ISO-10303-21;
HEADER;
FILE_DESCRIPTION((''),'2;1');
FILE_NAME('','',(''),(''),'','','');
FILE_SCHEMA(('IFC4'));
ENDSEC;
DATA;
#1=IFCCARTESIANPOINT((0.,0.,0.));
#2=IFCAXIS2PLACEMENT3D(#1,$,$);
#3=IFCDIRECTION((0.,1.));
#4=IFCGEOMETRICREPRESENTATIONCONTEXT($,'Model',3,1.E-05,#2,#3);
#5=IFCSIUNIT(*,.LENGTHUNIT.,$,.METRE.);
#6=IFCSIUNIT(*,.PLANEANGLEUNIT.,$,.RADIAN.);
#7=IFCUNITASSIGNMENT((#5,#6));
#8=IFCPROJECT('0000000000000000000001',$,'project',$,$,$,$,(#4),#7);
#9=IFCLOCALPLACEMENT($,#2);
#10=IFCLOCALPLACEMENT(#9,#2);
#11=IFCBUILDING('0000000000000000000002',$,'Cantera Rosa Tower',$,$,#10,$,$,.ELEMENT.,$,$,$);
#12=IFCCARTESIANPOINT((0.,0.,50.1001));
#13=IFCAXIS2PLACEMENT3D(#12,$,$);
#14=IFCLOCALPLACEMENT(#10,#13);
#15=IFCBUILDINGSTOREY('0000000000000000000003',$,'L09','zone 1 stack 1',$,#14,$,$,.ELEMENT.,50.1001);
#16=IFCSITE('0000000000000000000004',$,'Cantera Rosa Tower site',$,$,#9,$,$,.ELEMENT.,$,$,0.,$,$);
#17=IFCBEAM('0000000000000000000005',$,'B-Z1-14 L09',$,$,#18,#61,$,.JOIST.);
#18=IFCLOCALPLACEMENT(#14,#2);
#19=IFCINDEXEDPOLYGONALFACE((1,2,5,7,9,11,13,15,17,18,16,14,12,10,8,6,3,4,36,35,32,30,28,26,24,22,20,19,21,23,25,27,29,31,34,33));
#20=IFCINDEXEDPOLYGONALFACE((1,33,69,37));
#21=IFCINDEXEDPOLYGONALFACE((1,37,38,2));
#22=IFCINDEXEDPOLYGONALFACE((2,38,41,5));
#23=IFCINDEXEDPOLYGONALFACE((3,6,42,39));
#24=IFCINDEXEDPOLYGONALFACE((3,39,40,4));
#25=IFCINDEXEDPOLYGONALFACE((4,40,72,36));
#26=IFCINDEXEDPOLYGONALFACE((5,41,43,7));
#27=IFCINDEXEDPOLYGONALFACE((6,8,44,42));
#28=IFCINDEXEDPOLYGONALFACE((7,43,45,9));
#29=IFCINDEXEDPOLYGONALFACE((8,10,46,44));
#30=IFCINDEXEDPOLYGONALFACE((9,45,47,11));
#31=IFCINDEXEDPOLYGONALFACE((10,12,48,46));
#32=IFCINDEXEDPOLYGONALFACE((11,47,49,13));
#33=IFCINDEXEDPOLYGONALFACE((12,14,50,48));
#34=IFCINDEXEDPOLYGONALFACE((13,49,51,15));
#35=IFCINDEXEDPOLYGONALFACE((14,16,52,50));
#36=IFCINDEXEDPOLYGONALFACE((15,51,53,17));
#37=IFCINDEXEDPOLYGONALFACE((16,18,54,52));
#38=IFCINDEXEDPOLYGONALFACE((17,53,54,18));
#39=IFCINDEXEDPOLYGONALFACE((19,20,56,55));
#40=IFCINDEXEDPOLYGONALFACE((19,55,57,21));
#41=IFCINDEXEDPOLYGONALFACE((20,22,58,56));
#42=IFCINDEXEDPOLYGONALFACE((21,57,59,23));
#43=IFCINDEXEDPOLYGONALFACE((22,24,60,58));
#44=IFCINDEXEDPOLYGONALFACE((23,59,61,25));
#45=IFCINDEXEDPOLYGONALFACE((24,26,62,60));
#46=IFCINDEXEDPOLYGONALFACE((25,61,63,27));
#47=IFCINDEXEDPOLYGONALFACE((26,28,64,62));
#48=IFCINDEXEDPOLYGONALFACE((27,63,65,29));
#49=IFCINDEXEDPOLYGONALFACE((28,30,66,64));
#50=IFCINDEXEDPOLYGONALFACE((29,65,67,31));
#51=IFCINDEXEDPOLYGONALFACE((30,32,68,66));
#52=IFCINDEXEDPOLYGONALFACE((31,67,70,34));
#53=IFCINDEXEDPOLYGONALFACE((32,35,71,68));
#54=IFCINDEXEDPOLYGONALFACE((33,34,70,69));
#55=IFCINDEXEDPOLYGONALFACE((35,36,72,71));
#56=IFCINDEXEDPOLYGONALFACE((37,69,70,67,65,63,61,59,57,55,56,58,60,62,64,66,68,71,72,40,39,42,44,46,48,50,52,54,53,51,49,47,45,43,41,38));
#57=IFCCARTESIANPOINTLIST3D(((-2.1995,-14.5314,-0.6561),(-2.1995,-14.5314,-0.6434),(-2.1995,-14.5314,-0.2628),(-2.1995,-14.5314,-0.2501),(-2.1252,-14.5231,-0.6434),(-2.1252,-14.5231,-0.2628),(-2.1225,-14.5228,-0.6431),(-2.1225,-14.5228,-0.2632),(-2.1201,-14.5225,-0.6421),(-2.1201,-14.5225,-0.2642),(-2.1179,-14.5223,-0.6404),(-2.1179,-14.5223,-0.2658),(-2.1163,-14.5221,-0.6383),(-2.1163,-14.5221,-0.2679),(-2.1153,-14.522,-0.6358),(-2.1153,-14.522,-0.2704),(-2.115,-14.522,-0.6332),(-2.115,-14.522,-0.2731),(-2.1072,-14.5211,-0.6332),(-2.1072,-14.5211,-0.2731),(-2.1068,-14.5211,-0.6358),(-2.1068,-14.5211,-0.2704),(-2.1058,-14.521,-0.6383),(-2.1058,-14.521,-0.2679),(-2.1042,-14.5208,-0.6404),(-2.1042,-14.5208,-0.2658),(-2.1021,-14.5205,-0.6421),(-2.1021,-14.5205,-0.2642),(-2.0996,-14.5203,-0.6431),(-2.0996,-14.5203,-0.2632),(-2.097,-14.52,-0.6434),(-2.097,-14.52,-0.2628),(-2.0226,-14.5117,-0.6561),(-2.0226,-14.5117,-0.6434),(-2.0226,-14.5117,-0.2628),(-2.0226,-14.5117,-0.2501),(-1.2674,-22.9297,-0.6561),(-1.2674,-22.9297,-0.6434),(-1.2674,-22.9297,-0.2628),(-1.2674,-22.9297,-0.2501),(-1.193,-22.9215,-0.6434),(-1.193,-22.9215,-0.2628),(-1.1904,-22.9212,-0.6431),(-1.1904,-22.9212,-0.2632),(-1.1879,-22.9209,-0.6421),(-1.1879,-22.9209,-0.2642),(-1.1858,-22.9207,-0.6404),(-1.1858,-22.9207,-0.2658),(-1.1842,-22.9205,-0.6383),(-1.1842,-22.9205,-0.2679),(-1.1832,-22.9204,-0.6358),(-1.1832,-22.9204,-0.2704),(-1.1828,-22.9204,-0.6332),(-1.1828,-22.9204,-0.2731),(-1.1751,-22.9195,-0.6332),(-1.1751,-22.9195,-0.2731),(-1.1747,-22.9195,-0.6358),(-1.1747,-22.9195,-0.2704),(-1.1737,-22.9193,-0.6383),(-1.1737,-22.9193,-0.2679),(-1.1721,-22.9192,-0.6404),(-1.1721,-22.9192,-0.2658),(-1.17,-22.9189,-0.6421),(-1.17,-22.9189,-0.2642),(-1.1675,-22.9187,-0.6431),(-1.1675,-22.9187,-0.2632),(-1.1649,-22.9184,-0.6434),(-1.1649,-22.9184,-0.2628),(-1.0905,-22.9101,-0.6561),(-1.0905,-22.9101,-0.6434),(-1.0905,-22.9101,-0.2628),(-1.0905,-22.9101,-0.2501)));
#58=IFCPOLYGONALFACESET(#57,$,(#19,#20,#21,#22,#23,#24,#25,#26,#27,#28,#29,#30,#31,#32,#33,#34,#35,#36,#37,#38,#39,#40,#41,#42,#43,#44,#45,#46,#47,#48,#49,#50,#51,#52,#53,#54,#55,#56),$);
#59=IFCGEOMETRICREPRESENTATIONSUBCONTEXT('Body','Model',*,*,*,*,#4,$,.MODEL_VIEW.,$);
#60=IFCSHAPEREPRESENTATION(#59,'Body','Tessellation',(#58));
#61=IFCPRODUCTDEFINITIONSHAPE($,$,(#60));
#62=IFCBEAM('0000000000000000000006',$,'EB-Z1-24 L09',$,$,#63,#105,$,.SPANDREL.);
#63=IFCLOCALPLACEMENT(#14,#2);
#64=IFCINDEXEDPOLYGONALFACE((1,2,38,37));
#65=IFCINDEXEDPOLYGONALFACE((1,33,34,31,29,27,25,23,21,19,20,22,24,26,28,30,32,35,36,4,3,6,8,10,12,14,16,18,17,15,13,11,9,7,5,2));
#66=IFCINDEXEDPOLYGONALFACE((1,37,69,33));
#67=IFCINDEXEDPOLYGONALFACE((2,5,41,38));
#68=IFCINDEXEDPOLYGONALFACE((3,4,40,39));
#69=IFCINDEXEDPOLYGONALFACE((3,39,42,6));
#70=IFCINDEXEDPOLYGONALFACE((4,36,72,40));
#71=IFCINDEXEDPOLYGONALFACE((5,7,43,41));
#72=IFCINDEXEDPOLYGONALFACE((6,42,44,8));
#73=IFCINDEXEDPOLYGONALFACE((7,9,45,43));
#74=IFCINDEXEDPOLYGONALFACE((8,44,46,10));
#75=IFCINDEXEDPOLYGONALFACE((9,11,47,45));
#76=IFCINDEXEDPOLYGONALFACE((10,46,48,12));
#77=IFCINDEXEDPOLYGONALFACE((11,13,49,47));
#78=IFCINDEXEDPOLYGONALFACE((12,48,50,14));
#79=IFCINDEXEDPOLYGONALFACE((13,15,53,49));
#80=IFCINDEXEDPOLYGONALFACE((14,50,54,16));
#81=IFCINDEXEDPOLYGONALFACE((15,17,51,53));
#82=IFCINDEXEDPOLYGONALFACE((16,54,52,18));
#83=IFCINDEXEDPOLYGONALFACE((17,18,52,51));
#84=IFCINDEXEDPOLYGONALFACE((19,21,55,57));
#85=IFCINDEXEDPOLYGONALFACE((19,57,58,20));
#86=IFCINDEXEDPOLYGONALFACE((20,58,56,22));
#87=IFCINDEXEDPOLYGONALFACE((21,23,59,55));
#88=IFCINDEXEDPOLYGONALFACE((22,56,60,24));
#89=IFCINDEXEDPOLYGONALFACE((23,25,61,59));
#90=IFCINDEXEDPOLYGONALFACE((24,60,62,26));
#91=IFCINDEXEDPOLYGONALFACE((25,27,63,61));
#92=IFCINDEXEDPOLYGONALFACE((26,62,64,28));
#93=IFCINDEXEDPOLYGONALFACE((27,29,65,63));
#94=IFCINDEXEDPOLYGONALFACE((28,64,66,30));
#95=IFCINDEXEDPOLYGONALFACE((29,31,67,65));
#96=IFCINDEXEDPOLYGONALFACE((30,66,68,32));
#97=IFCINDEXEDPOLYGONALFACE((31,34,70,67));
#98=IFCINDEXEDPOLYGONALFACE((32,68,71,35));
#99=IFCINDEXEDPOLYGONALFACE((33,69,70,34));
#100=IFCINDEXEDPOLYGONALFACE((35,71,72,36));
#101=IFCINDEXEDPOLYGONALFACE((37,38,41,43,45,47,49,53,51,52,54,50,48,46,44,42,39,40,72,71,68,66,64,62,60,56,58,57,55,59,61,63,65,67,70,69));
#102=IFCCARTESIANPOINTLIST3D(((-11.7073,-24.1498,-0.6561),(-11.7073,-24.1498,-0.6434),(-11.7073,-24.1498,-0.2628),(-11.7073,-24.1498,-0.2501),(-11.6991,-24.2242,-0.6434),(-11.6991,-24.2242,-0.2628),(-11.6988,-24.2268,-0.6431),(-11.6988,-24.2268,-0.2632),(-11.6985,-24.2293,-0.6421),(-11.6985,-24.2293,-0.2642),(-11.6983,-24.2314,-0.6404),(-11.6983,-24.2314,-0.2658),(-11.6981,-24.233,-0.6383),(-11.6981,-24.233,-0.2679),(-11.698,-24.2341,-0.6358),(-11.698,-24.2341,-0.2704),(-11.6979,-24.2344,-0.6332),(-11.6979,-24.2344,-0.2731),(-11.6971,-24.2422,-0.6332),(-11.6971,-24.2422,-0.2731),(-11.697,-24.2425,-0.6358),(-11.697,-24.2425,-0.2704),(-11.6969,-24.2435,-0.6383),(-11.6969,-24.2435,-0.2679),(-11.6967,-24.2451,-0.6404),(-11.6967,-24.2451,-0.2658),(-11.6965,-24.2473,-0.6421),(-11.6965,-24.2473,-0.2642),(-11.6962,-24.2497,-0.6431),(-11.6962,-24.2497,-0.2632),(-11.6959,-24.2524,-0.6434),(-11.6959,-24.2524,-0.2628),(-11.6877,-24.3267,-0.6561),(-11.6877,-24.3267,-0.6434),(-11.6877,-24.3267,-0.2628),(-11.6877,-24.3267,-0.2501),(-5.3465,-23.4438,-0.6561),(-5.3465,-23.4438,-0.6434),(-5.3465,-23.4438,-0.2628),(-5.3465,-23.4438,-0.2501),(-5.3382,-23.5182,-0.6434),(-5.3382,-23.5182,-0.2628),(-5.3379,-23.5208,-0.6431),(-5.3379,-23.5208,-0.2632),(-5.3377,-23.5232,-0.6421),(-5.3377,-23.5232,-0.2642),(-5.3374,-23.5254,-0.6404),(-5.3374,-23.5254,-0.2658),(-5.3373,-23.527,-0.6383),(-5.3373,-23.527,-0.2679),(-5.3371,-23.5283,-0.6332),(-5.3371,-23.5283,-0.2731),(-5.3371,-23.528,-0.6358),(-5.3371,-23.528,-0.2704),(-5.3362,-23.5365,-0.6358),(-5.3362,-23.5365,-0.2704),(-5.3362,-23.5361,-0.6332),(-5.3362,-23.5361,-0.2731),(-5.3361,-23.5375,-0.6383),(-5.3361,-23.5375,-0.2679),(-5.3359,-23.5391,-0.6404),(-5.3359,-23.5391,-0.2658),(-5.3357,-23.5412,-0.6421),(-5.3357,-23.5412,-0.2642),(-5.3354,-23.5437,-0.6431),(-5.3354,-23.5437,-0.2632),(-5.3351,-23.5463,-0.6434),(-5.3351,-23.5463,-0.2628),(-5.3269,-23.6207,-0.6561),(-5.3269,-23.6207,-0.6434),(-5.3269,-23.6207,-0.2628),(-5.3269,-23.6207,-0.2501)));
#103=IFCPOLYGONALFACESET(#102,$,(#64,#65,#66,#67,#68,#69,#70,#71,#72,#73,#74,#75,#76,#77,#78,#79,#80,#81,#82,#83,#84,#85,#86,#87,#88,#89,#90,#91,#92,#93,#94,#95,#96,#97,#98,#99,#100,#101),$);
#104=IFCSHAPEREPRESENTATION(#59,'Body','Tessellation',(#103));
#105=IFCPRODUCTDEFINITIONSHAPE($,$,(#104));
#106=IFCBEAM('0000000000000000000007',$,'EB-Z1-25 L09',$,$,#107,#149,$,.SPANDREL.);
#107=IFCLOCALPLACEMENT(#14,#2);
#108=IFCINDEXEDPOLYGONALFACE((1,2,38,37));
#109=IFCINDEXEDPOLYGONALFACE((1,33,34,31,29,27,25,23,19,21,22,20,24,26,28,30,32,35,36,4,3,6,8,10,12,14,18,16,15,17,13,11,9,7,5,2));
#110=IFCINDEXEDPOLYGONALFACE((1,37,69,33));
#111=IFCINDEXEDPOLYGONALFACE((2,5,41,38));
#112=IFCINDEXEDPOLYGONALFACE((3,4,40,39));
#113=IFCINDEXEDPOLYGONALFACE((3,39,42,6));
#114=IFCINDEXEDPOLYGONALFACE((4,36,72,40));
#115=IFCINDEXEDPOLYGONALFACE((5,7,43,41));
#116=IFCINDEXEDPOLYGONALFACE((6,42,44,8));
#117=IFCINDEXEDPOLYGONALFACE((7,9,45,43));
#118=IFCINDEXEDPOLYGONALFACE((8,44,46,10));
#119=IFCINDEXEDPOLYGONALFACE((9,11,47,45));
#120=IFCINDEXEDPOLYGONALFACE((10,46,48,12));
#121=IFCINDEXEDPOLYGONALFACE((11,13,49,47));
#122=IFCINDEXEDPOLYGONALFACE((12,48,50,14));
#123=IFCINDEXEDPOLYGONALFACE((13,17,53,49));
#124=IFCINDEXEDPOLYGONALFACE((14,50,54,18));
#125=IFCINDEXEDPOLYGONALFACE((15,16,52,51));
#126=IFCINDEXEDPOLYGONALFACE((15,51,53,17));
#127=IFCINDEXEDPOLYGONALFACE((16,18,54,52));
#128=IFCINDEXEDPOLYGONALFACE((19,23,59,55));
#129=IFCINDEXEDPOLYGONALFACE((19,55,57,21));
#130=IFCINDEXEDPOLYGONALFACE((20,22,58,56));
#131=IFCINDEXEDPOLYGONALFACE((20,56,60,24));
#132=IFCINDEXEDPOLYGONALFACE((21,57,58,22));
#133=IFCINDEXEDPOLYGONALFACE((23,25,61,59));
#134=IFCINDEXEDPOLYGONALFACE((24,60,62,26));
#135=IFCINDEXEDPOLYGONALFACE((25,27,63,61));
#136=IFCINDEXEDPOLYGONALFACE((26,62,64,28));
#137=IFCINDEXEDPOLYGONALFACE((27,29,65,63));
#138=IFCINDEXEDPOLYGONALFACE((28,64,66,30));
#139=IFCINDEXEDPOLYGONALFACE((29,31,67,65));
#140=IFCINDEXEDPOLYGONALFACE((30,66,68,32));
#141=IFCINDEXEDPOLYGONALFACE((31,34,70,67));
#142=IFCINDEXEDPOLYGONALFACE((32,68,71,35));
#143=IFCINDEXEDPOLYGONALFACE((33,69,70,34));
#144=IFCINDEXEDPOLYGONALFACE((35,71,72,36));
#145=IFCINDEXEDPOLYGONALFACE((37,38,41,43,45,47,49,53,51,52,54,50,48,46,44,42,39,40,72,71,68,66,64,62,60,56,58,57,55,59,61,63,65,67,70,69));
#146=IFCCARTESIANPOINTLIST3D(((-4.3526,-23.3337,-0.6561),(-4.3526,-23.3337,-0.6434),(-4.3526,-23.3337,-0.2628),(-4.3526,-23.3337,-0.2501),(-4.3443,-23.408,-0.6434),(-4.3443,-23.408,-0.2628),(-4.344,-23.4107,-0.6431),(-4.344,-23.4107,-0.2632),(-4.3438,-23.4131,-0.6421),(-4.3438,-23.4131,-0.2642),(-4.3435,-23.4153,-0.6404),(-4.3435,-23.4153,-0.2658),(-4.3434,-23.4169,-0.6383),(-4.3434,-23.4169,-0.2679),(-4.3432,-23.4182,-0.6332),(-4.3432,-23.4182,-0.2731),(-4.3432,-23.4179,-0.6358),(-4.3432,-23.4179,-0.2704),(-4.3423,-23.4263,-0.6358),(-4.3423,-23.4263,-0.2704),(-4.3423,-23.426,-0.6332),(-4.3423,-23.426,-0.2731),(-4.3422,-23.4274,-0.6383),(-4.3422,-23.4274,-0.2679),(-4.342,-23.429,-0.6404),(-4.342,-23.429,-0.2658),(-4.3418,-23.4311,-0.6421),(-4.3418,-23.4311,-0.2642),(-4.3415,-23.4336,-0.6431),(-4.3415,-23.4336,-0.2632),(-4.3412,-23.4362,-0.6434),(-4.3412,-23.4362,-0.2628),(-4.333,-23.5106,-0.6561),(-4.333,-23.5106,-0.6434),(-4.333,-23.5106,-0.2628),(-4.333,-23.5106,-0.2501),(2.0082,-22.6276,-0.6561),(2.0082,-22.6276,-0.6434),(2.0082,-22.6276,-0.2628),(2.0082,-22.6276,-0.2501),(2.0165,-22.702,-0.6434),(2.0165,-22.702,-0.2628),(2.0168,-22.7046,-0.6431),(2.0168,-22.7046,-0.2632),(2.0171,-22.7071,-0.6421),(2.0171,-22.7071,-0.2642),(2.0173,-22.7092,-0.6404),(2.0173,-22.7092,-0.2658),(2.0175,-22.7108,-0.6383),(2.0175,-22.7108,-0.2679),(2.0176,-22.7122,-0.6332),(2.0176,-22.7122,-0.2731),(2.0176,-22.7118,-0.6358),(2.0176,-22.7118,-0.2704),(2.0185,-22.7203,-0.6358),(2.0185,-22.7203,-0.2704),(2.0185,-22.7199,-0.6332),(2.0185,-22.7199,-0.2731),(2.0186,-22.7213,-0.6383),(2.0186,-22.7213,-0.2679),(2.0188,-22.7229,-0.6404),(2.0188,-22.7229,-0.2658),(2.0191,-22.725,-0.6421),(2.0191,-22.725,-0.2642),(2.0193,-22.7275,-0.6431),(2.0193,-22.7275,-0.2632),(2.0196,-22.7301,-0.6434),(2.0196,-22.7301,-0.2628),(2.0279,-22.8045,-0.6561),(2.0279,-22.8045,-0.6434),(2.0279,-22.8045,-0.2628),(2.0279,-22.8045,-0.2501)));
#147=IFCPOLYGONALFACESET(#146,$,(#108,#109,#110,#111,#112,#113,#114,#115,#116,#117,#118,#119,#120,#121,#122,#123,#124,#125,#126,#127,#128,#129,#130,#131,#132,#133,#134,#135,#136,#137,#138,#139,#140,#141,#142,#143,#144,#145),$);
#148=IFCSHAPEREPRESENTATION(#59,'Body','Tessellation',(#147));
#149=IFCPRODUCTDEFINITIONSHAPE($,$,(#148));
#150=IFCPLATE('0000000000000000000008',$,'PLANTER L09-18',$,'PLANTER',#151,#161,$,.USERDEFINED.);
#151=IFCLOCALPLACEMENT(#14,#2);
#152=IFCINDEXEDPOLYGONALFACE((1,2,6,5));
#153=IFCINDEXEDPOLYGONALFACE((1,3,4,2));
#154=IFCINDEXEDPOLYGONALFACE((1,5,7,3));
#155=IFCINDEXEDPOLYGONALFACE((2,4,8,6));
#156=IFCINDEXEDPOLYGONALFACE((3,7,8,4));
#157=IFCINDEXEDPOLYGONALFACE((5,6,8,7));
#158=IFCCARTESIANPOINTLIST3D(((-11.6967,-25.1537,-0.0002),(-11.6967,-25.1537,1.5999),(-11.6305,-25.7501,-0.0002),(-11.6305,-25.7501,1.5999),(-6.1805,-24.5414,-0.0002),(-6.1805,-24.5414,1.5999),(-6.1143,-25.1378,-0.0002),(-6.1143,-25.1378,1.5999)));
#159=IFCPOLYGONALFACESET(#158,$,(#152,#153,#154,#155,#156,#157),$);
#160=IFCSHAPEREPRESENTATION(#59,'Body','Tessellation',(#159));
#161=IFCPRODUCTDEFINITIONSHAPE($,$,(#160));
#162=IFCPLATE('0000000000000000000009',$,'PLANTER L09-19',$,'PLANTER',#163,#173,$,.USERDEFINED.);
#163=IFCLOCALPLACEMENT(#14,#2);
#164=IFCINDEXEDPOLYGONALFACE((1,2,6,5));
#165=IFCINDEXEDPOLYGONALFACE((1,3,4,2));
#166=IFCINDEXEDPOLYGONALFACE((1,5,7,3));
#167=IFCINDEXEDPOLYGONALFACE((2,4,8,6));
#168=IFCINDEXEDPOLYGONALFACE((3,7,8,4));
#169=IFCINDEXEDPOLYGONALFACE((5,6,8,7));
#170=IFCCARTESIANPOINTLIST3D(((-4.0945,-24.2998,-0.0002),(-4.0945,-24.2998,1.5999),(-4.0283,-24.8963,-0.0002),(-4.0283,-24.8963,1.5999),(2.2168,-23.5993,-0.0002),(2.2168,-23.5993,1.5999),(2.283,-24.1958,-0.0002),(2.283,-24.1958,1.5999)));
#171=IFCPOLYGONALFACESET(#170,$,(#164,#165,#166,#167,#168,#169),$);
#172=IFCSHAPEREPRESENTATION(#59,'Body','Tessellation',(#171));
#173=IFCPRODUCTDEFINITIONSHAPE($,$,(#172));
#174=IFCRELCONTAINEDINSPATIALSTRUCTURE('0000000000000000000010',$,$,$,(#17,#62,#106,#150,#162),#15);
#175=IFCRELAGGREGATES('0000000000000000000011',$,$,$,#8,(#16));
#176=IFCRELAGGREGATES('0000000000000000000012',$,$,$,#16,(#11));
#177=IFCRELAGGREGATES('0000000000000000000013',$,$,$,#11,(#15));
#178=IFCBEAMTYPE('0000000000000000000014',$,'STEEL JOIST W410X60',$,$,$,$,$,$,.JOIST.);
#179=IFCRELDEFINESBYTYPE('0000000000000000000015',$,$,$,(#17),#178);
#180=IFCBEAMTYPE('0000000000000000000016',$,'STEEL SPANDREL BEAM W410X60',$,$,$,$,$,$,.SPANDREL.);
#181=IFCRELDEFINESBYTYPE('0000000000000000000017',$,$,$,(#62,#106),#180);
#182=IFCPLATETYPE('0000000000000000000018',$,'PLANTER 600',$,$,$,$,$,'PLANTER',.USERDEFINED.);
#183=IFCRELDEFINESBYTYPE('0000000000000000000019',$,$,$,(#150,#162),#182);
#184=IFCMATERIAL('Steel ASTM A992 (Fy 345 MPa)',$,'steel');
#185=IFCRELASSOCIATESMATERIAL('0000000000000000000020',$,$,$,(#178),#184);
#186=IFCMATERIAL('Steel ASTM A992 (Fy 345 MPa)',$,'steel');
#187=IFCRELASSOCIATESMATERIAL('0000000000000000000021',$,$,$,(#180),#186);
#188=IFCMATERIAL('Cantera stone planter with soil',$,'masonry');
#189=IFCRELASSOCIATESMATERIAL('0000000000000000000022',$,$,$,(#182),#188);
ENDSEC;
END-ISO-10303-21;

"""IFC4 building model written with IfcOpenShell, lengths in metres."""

from ifc_helpers import new_model, si_unit, direction, frame, origin, origin_2d, place, context, subcontext, project, spatial, rectangle, i_section, extrude, material, material_profile, profile_set, type_object, element, save


model = new_model("IFC4")

# Units and contexts
model_context = context("Model", 3, precision=1e-05, world=origin(), true_north=direction((0.0, 1.0)))
body_context = subcontext(model_context, "Body", "Model", "MODEL_VIEW")
ifc_project = project(units=[si_unit("LENGTHUNIT", "METRE"), si_unit("PLANEANGLEUNIT", "RADIAN")], contexts=[model_context])

# Site, building, storey
site_placement = place(None, origin())
site = spatial("IfcSite", under=ifc_project, at=site_placement, Name="Cantera Rosa Tower site", CompositionType="ELEMENT", RefElevation=0.0)
building_placement = place(site_placement, origin())
building = spatial("IfcBuilding", under=site, at=building_placement, Name="Cantera Rosa Tower", CompositionType="ELEMENT")
storey_placement = place(building_placement, frame((0.0, 0.0, 50.1001)))
storey = spatial("IfcBuildingStorey", under=building, at=storey_placement, Name="L09", Description="zone 1 stack 1", CompositionType="ELEMENT", Elevation=50.1001)

# Beams
ifc_material_1 = material(Name="Steel ASTM A992 (Fy 345 MPa)", Category="steel")
ifc_material_profile_1 = material_profile(ifc_material_1, i_section(OverallWidth=0.178, OverallDepth=0.406, WebThickness=0.0078, FlangeThickness=0.0127, FilletRadius=0.0103, at=origin_2d()), Name="W410X60")
ifc_profile_set_1 = profile_set([ifc_material_profile_1], Name="Steel ASTM A992 (Fy 345 MPa)")
beam_type_1 = type_object("IfcBeamType", Name="STEEL JOIST W410X60", PredefinedType="JOIST", material=ifc_profile_set_1)
for number, where, z_axis, x_axis, name in (
    (1, (-1.179, -22.9199, -0.4531), (-0.110311, 0.993897, 0.0), (-0.993897, -0.110311, 0.0), "B-Z1-14 L09"),
):
    element("IfcBeam", number, at=place(storey_placement, frame(where, z_axis=z_axis, x_axis=x_axis)), inside=storey, type_object=beam_type_1, Name=name, PredefinedType="JOIST", context=body_context, shape_type="SweptSolid", body=[
        extrude(i_section(OverallWidth=0.178, OverallDepth=0.406, WebThickness=0.0078, FlangeThickness=0.0127, FilletRadius=0.0103, at=origin_2d()), origin(), (0.0, 0.0, 1.0), 8.45),
    ])
ifc_material_2 = material(Name="Steel ASTM A992 (Fy 345 MPa)", Category="steel")
ifc_material_profile_2 = material_profile(ifc_material_2, i_section(OverallWidth=0.178, OverallDepth=0.406, WebThickness=0.0078, FlangeThickness=0.0127, FilletRadius=0.0103, at=origin_2d()), Name="W410X60")
ifc_profile_set_2 = profile_set([ifc_material_profile_2], Name="Steel ASTM A992 (Fy 345 MPa)")
beam_type_2 = type_object("IfcBeamType", Name="STEEL SPANDREL BEAM W410X60", PredefinedType="SPANDREL", material=ifc_profile_set_2)
for number, where, z_axis, x_axis, name in (
    (2, (-11.6975, -24.2383, -0.4531), (0.993896, 0.110323, 0.0), (-0.110323, 0.993896, 0.0), "EB-Z1-24 L09"),
    (3, (-4.3428, -23.4221, -0.4531), (0.993896, 0.110323, 0.0), (-0.110323, 0.993896, 0.0), "EB-Z1-25 L09"),
):
    element("IfcBeam", number, at=place(storey_placement, frame(where, z_axis=z_axis, x_axis=x_axis)), inside=storey, type_object=beam_type_2, Name=name, PredefinedType="SPANDREL", context=body_context, shape_type="SweptSolid", body=[
        extrude(i_section(OverallWidth=0.178, OverallDepth=0.406, WebThickness=0.0078, FlangeThickness=0.0127, FilletRadius=0.0103, at=origin_2d()), origin(), (0.0, 0.0, 1.0), 6.3999),
    ])

# Plates
ifc_material_3 = material(Name="Cantera stone planter with soil", Category="masonry")
plate_type = type_object("IfcPlateType", Name="PLANTER 600", ElementType="PLANTER", PredefinedType="USERDEFINED", material=ifc_material_3)
plate_1_placement = place(storey_placement, frame((-8.9055, -25.1458, -0.0002), z_axis=(0.0, 0.0, 1.0), x_axis=(0.993897, 0.110313, 0.0)))
element("IfcPlate", 4, at=plate_1_placement, inside=storey, type_object=plate_type, Name="PLANTER L09-18", ObjectType="PLANTER", PredefinedType="USERDEFINED", context=body_context, shape_type="SweptSolid", body=[
    extrude(rectangle(XDim=5.55, YDim=0.6001, at=origin_2d()), origin(), (0.0, 0.0, 1.0), 1.6001),
])
plate_2_placement = place(storey_placement, frame((-0.9058, -24.2478, -0.0002), z_axis=(0.0, 0.0, 1.0), x_axis=(0.993897, 0.110313, 0.0)))
element("IfcPlate", 5, at=plate_2_placement, inside=storey, type_object=plate_type, Name="PLANTER L09-19", ObjectType="PLANTER", PredefinedType="USERDEFINED", context=body_context, shape_type="SweptSolid", body=[
    extrude(rectangle(XDim=6.3501, YDim=0.6001, at=origin_2d()), origin(), (0.0, 0.0, 1.0), 1.6001),
])

save(model, "model.ifc")
